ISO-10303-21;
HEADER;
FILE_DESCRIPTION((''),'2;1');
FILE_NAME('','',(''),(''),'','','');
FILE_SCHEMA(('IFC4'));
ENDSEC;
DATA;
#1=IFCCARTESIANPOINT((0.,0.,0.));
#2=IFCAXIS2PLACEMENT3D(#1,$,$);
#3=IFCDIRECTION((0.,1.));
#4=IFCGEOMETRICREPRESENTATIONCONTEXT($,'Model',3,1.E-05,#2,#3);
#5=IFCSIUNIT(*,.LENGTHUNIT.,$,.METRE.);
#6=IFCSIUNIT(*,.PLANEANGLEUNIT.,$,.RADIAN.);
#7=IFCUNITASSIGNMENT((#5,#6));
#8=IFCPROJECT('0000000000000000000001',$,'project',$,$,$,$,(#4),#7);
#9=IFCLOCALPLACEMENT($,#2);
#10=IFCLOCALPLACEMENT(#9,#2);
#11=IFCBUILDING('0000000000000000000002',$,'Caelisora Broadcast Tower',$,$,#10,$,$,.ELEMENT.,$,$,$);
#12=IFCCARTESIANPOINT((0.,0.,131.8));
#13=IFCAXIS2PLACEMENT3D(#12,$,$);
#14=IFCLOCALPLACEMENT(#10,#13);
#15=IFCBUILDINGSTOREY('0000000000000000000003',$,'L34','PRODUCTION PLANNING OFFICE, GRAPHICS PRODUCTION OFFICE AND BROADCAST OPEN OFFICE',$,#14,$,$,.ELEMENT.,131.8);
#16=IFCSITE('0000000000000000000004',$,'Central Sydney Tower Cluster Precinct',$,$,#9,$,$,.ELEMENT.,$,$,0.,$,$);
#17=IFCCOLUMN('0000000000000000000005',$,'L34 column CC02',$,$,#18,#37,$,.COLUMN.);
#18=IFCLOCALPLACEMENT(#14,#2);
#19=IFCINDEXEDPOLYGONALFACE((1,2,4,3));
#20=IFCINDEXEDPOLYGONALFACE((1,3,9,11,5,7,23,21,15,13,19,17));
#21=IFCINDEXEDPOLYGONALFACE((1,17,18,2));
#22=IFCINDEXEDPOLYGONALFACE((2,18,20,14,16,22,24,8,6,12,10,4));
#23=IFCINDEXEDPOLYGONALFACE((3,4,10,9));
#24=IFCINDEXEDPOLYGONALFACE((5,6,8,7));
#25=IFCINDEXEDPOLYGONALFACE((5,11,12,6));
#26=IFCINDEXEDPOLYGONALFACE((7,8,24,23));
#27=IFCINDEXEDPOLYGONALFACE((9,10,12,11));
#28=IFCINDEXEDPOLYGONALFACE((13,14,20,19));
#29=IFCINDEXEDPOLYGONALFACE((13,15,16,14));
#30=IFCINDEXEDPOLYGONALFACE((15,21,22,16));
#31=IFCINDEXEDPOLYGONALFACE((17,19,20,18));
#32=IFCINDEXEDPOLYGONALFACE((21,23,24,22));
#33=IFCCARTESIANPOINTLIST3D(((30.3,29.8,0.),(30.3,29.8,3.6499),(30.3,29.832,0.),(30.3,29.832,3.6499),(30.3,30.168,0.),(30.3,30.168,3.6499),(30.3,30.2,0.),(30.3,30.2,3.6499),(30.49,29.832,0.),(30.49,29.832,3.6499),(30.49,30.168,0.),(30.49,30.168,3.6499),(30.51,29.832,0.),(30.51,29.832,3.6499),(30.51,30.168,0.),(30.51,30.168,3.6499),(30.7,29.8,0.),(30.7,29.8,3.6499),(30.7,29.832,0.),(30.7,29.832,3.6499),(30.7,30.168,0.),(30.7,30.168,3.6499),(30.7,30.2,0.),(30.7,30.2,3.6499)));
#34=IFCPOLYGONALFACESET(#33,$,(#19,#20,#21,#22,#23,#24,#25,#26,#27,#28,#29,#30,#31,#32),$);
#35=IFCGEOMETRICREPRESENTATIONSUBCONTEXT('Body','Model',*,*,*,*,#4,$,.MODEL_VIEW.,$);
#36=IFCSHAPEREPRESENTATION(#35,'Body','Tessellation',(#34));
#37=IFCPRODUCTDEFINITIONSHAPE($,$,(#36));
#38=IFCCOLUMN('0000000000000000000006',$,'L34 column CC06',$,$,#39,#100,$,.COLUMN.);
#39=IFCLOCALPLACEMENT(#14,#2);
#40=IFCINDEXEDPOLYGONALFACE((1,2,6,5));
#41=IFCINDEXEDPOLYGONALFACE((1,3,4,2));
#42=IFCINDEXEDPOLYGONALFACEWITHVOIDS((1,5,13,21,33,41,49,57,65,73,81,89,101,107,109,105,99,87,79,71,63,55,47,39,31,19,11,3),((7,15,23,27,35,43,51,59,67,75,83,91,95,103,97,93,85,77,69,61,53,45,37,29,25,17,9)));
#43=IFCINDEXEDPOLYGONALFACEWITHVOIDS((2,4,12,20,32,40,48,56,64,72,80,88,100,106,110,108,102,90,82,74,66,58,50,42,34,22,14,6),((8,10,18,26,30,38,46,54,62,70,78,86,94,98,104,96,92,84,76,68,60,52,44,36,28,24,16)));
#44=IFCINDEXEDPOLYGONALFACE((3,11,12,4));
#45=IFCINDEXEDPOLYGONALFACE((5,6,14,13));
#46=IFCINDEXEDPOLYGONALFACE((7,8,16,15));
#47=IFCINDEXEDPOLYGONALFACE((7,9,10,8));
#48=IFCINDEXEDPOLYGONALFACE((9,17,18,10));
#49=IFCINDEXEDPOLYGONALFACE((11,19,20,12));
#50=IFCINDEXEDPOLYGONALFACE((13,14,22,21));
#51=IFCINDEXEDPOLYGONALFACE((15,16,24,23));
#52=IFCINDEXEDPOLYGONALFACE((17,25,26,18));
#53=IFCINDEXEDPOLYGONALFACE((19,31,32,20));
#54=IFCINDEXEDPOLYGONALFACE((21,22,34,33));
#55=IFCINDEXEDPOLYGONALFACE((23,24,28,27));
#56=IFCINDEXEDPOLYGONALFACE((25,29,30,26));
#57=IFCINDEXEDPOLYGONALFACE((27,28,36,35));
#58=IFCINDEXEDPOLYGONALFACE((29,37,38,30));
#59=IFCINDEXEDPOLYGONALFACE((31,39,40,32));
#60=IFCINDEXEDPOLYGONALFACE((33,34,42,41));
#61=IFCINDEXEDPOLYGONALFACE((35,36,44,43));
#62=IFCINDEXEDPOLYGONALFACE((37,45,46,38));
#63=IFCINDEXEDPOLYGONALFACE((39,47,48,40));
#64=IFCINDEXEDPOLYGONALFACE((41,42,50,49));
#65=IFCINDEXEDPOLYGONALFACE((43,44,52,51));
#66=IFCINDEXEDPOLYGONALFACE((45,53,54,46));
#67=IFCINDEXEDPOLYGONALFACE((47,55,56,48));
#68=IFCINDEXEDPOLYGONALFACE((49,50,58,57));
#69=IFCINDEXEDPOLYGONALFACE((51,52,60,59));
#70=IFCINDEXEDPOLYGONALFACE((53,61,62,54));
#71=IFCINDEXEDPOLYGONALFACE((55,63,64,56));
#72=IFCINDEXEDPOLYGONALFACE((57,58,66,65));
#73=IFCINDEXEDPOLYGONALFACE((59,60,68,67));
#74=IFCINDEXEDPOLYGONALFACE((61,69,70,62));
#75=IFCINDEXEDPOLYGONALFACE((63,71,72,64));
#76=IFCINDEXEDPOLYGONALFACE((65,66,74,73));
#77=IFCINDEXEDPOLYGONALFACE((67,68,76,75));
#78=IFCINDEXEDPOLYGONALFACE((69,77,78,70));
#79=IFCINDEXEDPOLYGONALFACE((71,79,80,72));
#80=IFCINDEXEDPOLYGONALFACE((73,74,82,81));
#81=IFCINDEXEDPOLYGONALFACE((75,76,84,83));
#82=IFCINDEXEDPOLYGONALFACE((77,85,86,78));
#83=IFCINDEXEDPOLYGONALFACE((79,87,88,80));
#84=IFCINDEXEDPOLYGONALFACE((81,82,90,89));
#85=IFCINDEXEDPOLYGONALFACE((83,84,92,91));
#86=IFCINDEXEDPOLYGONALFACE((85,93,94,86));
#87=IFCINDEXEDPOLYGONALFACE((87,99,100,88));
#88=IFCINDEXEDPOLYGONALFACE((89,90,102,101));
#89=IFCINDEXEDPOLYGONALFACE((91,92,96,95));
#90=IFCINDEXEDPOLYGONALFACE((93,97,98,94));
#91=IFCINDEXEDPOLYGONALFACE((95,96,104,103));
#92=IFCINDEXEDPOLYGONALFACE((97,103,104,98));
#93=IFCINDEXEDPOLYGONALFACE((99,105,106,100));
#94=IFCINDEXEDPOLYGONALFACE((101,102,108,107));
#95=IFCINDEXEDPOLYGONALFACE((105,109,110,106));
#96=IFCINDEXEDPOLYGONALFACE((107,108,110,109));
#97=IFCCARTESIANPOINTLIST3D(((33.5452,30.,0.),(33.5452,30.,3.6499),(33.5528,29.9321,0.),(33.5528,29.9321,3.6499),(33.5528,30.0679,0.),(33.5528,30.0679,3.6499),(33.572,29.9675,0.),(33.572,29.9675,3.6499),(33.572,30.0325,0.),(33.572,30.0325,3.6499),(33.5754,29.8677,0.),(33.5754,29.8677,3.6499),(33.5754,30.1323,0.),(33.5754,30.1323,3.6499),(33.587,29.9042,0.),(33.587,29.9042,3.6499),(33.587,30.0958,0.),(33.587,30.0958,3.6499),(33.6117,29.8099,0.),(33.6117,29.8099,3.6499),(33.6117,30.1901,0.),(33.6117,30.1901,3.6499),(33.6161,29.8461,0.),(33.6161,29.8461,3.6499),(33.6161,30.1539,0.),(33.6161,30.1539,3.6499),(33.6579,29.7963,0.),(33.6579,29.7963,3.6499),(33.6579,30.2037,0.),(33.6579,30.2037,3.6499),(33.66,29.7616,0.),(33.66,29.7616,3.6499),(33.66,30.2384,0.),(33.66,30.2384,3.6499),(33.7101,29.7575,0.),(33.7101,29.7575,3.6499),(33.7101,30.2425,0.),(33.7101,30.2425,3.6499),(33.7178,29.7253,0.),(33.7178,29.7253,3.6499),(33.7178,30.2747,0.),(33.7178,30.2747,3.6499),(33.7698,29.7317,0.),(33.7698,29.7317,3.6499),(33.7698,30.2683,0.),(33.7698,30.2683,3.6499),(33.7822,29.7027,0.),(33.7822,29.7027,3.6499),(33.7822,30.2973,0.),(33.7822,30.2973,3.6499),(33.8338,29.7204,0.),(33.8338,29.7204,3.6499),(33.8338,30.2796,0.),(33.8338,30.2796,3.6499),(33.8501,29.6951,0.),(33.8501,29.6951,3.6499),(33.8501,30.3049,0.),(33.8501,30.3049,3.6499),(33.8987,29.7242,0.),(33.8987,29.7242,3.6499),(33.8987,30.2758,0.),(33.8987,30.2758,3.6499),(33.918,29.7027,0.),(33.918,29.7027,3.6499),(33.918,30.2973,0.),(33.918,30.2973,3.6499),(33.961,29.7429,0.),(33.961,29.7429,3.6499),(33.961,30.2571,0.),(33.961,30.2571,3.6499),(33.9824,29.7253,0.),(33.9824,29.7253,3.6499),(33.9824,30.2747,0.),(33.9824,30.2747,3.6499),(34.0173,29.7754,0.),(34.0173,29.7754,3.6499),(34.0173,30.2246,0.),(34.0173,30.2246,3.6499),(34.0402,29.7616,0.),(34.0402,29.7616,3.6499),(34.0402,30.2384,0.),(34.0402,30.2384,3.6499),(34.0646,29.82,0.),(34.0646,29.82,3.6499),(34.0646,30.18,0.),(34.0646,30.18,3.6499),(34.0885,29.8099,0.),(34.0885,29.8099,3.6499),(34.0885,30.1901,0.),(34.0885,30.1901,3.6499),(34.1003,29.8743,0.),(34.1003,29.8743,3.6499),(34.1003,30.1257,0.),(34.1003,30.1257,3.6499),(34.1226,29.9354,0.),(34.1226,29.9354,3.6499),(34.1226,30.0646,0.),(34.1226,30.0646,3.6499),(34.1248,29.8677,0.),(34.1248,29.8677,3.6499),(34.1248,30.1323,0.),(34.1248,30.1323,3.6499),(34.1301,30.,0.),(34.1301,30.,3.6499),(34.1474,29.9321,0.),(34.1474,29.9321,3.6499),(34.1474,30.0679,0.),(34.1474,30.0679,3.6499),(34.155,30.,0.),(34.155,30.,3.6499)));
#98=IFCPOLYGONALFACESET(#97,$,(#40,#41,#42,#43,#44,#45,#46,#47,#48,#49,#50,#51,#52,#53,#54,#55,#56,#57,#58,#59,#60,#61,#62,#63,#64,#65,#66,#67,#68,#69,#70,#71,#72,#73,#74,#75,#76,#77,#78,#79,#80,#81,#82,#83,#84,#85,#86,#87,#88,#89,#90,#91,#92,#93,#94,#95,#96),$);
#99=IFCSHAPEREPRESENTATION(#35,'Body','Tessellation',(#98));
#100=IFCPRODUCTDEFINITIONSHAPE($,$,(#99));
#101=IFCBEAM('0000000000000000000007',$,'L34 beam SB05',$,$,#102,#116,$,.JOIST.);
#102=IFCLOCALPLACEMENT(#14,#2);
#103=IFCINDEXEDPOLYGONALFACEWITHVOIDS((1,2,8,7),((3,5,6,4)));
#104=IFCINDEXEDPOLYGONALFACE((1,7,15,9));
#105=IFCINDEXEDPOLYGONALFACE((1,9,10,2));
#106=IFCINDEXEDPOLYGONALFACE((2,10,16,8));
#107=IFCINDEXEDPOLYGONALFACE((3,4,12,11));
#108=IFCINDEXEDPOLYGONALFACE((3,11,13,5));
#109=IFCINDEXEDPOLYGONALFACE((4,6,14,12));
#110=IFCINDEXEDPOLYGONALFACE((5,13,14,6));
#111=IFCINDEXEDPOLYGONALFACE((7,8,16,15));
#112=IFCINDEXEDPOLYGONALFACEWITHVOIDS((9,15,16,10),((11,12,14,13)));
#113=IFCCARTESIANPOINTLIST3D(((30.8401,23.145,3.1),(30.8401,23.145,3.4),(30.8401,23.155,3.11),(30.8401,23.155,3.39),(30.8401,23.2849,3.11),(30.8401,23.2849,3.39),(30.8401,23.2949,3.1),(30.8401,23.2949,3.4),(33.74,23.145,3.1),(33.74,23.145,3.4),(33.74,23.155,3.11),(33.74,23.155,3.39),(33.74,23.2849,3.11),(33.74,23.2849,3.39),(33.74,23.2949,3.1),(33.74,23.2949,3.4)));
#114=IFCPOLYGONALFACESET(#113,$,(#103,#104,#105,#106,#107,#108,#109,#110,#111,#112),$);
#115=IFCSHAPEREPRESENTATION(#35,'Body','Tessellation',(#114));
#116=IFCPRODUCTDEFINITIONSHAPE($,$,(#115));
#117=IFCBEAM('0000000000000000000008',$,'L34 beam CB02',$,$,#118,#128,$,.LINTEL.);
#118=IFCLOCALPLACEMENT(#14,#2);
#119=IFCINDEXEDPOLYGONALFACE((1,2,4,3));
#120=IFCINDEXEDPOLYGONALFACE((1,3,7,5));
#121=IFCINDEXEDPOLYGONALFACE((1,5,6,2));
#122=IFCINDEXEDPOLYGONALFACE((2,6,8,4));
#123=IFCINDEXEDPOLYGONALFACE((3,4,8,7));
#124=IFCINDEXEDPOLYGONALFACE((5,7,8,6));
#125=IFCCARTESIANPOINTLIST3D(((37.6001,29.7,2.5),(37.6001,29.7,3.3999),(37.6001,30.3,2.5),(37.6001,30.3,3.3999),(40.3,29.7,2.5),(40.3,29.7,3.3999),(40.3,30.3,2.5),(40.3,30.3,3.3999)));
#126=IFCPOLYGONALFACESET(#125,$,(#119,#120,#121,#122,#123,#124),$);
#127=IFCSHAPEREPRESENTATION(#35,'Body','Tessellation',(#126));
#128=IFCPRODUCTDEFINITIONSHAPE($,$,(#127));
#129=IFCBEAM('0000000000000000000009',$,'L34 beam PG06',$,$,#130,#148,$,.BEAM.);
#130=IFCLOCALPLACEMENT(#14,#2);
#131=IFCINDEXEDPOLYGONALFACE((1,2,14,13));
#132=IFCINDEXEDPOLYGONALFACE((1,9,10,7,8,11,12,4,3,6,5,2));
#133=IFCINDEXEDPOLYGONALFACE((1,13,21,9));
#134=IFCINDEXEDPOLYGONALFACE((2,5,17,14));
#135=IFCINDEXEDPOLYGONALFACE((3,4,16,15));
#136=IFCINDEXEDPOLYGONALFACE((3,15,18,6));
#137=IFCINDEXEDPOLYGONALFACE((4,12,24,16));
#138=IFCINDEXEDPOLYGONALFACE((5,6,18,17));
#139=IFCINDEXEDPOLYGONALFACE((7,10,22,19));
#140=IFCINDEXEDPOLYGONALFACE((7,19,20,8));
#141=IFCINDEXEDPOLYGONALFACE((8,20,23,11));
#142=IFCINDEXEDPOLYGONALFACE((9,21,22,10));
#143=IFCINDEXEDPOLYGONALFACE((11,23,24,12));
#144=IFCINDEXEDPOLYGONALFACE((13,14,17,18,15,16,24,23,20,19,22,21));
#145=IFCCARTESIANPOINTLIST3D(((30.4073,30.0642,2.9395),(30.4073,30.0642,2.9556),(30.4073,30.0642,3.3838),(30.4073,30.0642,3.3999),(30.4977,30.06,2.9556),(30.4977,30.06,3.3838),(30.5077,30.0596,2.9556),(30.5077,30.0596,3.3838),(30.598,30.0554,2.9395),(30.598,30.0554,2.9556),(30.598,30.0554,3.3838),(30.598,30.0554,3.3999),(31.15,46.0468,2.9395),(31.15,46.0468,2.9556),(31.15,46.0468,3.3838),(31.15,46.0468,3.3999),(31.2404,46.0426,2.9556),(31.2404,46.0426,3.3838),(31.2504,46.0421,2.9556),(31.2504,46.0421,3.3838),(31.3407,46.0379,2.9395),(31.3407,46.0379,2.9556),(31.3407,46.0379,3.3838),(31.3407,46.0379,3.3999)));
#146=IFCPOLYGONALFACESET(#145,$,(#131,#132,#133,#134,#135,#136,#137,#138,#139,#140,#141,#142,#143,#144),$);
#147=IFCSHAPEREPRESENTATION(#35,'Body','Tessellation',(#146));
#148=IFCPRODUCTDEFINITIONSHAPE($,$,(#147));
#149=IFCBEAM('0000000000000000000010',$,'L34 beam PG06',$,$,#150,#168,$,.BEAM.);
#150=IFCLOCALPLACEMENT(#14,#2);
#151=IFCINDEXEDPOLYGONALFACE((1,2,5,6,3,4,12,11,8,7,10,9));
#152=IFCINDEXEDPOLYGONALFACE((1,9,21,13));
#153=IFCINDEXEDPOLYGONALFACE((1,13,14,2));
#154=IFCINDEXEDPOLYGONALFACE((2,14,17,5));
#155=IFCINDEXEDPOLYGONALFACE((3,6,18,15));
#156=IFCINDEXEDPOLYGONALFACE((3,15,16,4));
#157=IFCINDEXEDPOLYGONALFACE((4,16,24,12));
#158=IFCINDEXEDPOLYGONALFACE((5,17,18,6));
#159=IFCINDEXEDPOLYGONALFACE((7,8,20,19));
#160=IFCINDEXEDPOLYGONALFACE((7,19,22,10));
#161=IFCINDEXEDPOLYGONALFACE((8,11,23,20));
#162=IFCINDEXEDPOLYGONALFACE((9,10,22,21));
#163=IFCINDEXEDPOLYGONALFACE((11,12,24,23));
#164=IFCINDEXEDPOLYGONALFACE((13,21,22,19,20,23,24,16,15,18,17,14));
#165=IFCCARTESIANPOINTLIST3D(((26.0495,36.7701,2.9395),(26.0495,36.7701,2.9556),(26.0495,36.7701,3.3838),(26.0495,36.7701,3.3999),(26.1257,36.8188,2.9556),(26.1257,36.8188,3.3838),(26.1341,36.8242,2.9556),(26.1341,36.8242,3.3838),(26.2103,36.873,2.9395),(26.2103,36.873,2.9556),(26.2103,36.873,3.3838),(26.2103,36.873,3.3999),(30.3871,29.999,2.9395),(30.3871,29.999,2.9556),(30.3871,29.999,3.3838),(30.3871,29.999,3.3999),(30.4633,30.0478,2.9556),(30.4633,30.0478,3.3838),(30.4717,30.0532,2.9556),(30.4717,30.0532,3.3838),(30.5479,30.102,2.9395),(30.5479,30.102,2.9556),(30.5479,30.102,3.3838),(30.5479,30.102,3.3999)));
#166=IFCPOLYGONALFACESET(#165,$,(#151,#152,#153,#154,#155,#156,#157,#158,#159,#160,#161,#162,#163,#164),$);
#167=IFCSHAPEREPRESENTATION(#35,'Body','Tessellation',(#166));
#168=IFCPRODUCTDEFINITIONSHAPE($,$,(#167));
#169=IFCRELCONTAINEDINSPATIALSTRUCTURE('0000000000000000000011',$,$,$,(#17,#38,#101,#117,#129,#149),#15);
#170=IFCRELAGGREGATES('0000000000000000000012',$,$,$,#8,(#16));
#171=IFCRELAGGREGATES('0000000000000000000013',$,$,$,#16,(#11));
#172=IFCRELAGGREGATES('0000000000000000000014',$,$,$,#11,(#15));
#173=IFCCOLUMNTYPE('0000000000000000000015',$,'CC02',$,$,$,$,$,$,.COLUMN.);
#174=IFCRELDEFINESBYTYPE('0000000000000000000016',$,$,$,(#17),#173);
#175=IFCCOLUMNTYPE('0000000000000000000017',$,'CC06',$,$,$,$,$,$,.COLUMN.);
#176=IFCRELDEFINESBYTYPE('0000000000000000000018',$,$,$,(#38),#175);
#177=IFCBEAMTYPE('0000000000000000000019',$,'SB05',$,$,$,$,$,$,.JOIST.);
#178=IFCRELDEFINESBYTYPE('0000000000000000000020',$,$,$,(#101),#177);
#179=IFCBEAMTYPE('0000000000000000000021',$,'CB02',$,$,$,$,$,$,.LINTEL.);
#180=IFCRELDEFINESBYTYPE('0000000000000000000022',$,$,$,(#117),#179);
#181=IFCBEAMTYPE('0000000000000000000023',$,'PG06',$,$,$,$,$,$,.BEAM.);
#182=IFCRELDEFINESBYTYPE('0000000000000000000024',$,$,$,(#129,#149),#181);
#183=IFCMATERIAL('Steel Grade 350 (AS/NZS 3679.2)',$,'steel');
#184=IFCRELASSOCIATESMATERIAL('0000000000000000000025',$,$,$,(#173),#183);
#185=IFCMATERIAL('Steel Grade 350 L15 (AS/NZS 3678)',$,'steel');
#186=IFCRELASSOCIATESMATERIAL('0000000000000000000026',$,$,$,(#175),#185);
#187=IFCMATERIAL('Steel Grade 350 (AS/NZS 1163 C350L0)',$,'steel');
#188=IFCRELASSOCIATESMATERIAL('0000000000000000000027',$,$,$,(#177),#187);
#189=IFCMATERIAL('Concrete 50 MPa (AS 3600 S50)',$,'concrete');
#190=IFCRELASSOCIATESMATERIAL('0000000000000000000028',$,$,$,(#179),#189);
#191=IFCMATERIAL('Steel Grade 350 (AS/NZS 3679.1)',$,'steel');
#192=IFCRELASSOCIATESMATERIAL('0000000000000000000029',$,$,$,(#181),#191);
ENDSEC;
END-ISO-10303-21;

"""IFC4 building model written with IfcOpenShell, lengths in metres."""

from ifc_helpers import new_model, si_unit, direction, frame, origin, origin_2d, place, context, subcontext, project, spatial, rectangle, hollow_rectangle, hollow_circle, i_section, extrude, source, transform, mapped, material, material_profile, profile_set, type_object, type_shapes, element, save


model = new_model("IFC4")

# Units and contexts
model_context = context("Model", 3, precision=1e-05, world=origin(), true_north=direction((0.0, 1.0)))
body_context = subcontext(model_context, "Body", "Model", "MODEL_VIEW")
ifc_project = project(units=[si_unit("LENGTHUNIT", "METRE"), si_unit("PLANEANGLEUNIT", "RADIAN")], contexts=[model_context])

# Site, building, storey
site_placement = place(None, origin())
site = spatial("IfcSite", under=ifc_project, at=site_placement, Name="Central Sydney Tower Cluster Precinct", CompositionType="ELEMENT", RefElevation=0.0)
building_placement = place(site_placement, origin())
building = spatial("IfcBuilding", under=site, at=building_placement, Name="Caelisora Broadcast Tower", CompositionType="ELEMENT")
storey_placement = place(building_placement, frame((0.0, 0.0, 131.8)))
storey = spatial("IfcBuildingStorey", under=building, at=storey_placement, Name="L34", Description="PRODUCTION PLANNING OFFICE, GRAPHICS PRODUCTION OFFICE AND BROADCAST OPEN OFFICE", CompositionType="ELEMENT", Elevation=131.8)

# Columns
ifc_material_1 = material(Name="Steel Grade 350 (AS/NZS 3679.2)", Category="steel")
ifc_material_profile_1 = material_profile(ifc_material_1, i_section(OverallWidth=0.3999, OverallDepth=0.3999, WebThickness=0.02, FlangeThickness=0.032, at=origin_2d()), Name="Steel Grade 350 (AS/NZS 3679.2)")
ifc_profile_set_1 = profile_set([ifc_material_profile_1], Name="Steel Grade 350 (AS/NZS 3679.2)")
column_type_1 = type_object("IfcColumnType", Name="CC02", PredefinedType="COLUMN", material=ifc_profile_set_1)
shared_shape_1 = source(origin(), body_context, "Body", "SweptSolid", [
    extrude(i_section(OverallWidth=0.3999, OverallDepth=0.3999, WebThickness=0.02, FlangeThickness=0.032, at=origin_2d()), origin(), (0.0, 0.0, 1.0), 3.6499),
])
type_shapes(column_type_1, [shared_shape_1])
column_1_placement = place(storey_placement, frame((30.5, 30.0, 0.0), z_axis=(0.0, 0.0, 1.0), x_axis=(1.0, 0.0, 0.0)))
element("IfcColumn", 1, at=column_1_placement, inside=storey, type_object=column_type_1, Name="L34 column CC02", PredefinedType="COLUMN", context=body_context, shape_type="MappedRepresentation", body=[
    mapped(shared_shape_1, transform((0.0, 0.0, 0.0), scale=1.0)),
])
ifc_material_2 = material(Name="Steel Grade 350 L15 (AS/NZS 3678)", Category="steel")
ifc_material_profile_2 = material_profile(ifc_material_2, hollow_circle(Radius=0.3049, WallThickness=0.0249, at=origin_2d()), Name="Steel Grade 350 L15 (AS/NZS 3678)")
ifc_profile_set_2 = profile_set([ifc_material_profile_2], Name="Steel Grade 350 L15 (AS/NZS 3678)")
column_type_2 = type_object("IfcColumnType", Name="CC06", PredefinedType="COLUMN", material=ifc_profile_set_2)
shared_shape_2 = source(origin(), body_context, "Body", "SweptSolid", [
    extrude(hollow_circle(Radius=0.3049, WallThickness=0.0249, at=origin_2d()), origin(), (0.0, 0.0, 1.0), 3.6499),
])
type_shapes(column_type_2, [shared_shape_2])
column_2_placement = place(storey_placement, frame((33.8501, 30.0, 0.0), z_axis=(0.0, 0.0, 1.0), x_axis=(1.0, 0.0, 0.0)))
element("IfcColumn", 2, at=column_2_placement, inside=storey, type_object=column_type_2, Name="L34 column CC06", PredefinedType="COLUMN", context=body_context, shape_type="MappedRepresentation", body=[
    mapped(shared_shape_2, transform((0.0, 0.0, 0.0), scale=1.0)),
])

# Beams
ifc_material_3 = material(Name="Steel Grade 350 (AS/NZS 1163 C350L0)", Category="steel")
ifc_material_profile_3 = material_profile(ifc_material_3, hollow_rectangle(XDim=0.1499, YDim=0.3, WallThickness=0.01, at=origin_2d()), Name="Steel Grade 350 (AS/NZS 1163 C350L0)")
ifc_profile_set_3 = profile_set([ifc_material_profile_3], Name="Steel Grade 350 (AS/NZS 1163 C350L0)")
beam_type_1 = type_object("IfcBeamType", Name="SB05", PredefinedType="JOIST", material=ifc_profile_set_3)
shared_shape_3 = source(origin(), body_context, "Body", "SweptSolid", [
    extrude(hollow_rectangle(XDim=0.1499, YDim=0.3, WallThickness=0.01, at=origin_2d()), origin(), (0.0, 0.0, 1.0), 2.8999),
])
type_shapes(beam_type_1, [shared_shape_3])
beam_1_placement = place(storey_placement, frame((30.8401, 23.22, 3.25), z_axis=(1.0, 0.0, 0.0), x_axis=(0.0, 1.0, 0.0)))
element("IfcBeam", 3, at=beam_1_placement, inside=storey, type_object=beam_type_1, Name="L34 beam SB05", PredefinedType="JOIST", context=body_context, shape_type="MappedRepresentation", body=[
    mapped(shared_shape_3, transform((0.0, 0.0, 0.0), scale=1.0)),
])
ifc_material_4 = material(Name="Concrete 50 MPa (AS 3600 S50)", Category="concrete")
ifc_material_profile_4 = material_profile(ifc_material_4, rectangle(XDim=0.6001, YDim=0.8999, at=origin_2d()), Name="Concrete 50 MPa (AS 3600 S50)")
ifc_profile_set_4 = profile_set([ifc_material_profile_4], Name="Concrete 50 MPa (AS 3600 S50)")
beam_type_2 = type_object("IfcBeamType", Name="CB02", PredefinedType="LINTEL", material=ifc_profile_set_4)
shared_shape_4 = source(origin(), body_context, "Body", "SweptSolid", [
    extrude(rectangle(XDim=0.6001, YDim=0.8999, at=origin_2d()), origin(), (0.0, 0.0, 1.0), 2.7),
])
type_shapes(beam_type_2, [shared_shape_4])
beam_2_placement = place(storey_placement, frame((37.6001, 30.0, 2.95), z_axis=(1.0, 0.0, 0.0), x_axis=(0.0, 1.0, 0.0)))
element("IfcBeam", 4, at=beam_2_placement, inside=storey, type_object=beam_type_2, Name="L34 beam CB02", PredefinedType="LINTEL", context=body_context, shape_type="MappedRepresentation", body=[
    mapped(shared_shape_4, transform((0.0, 0.0, 0.0), scale=1.0)),
])
ifc_material_5 = material(Name="Steel Grade 350 (AS/NZS 3679.1)", Category="steel")
ifc_material_profile_5 = material_profile(ifc_material_5, i_section(OverallWidth=0.1909, OverallDepth=0.4604, WebThickness=0.01, FlangeThickness=0.0161, at=origin_2d()), Name="Steel Grade 350 (AS/NZS 3679.1)")
ifc_profile_set_5 = profile_set([ifc_material_profile_5], Name="Steel Grade 350 (AS/NZS 3679.1)")
beam_type_3 = type_object("IfcBeamType", Name="PG06", PredefinedType="BEAM", material=ifc_profile_set_5)
shared_shape_5 = source(origin(), body_context, "Body", "SweptSolid", [
    extrude(i_section(OverallWidth=0.1909, OverallDepth=0.4604, WebThickness=0.01, FlangeThickness=0.0161, at=origin_2d()), origin(), (0.0, 0.0, 1.0), 15.9998),
])
beam_3_placement = place(storey_placement, frame((30.5027, 30.0598, 3.1697), z_axis=(0.046418, 0.998922, 0.0), x_axis=(-0.998922, 0.046418, 0.0)))
element("IfcBeam", 5, at=beam_3_placement, inside=storey, type_object=beam_type_3, Name="L34 beam PG06", PredefinedType="BEAM", context=body_context, shape_type="MappedRepresentation", body=[
    mapped(shared_shape_5, transform((0.0, 0.0, 0.0), scale=1.0)),
])
shared_shape_6 = source(origin(), body_context, "Body", "SweptSolid", [
    extrude(i_section(OverallWidth=0.1909, OverallDepth=0.4604, WebThickness=0.01, FlangeThickness=0.0161, at=origin_2d()), origin(), (0.0, 0.0, 1.0), 8.0413),
])
beam_4_placement = place(storey_placement, frame((30.4675, 30.0505, 3.1697), z_axis=(-0.539425, 0.842034, 0.0), x_axis=(-0.842034, -0.539425, 0.0)))
element("IfcBeam", 6, at=beam_4_placement, inside=storey, type_object=beam_type_3, Name="L34 beam PG06", PredefinedType="BEAM", context=body_context, shape_type="MappedRepresentation", body=[
    mapped(shared_shape_6, transform((0.0, 0.0, 0.0), scale=1.0)),
])

save(model, "model.ifc")
